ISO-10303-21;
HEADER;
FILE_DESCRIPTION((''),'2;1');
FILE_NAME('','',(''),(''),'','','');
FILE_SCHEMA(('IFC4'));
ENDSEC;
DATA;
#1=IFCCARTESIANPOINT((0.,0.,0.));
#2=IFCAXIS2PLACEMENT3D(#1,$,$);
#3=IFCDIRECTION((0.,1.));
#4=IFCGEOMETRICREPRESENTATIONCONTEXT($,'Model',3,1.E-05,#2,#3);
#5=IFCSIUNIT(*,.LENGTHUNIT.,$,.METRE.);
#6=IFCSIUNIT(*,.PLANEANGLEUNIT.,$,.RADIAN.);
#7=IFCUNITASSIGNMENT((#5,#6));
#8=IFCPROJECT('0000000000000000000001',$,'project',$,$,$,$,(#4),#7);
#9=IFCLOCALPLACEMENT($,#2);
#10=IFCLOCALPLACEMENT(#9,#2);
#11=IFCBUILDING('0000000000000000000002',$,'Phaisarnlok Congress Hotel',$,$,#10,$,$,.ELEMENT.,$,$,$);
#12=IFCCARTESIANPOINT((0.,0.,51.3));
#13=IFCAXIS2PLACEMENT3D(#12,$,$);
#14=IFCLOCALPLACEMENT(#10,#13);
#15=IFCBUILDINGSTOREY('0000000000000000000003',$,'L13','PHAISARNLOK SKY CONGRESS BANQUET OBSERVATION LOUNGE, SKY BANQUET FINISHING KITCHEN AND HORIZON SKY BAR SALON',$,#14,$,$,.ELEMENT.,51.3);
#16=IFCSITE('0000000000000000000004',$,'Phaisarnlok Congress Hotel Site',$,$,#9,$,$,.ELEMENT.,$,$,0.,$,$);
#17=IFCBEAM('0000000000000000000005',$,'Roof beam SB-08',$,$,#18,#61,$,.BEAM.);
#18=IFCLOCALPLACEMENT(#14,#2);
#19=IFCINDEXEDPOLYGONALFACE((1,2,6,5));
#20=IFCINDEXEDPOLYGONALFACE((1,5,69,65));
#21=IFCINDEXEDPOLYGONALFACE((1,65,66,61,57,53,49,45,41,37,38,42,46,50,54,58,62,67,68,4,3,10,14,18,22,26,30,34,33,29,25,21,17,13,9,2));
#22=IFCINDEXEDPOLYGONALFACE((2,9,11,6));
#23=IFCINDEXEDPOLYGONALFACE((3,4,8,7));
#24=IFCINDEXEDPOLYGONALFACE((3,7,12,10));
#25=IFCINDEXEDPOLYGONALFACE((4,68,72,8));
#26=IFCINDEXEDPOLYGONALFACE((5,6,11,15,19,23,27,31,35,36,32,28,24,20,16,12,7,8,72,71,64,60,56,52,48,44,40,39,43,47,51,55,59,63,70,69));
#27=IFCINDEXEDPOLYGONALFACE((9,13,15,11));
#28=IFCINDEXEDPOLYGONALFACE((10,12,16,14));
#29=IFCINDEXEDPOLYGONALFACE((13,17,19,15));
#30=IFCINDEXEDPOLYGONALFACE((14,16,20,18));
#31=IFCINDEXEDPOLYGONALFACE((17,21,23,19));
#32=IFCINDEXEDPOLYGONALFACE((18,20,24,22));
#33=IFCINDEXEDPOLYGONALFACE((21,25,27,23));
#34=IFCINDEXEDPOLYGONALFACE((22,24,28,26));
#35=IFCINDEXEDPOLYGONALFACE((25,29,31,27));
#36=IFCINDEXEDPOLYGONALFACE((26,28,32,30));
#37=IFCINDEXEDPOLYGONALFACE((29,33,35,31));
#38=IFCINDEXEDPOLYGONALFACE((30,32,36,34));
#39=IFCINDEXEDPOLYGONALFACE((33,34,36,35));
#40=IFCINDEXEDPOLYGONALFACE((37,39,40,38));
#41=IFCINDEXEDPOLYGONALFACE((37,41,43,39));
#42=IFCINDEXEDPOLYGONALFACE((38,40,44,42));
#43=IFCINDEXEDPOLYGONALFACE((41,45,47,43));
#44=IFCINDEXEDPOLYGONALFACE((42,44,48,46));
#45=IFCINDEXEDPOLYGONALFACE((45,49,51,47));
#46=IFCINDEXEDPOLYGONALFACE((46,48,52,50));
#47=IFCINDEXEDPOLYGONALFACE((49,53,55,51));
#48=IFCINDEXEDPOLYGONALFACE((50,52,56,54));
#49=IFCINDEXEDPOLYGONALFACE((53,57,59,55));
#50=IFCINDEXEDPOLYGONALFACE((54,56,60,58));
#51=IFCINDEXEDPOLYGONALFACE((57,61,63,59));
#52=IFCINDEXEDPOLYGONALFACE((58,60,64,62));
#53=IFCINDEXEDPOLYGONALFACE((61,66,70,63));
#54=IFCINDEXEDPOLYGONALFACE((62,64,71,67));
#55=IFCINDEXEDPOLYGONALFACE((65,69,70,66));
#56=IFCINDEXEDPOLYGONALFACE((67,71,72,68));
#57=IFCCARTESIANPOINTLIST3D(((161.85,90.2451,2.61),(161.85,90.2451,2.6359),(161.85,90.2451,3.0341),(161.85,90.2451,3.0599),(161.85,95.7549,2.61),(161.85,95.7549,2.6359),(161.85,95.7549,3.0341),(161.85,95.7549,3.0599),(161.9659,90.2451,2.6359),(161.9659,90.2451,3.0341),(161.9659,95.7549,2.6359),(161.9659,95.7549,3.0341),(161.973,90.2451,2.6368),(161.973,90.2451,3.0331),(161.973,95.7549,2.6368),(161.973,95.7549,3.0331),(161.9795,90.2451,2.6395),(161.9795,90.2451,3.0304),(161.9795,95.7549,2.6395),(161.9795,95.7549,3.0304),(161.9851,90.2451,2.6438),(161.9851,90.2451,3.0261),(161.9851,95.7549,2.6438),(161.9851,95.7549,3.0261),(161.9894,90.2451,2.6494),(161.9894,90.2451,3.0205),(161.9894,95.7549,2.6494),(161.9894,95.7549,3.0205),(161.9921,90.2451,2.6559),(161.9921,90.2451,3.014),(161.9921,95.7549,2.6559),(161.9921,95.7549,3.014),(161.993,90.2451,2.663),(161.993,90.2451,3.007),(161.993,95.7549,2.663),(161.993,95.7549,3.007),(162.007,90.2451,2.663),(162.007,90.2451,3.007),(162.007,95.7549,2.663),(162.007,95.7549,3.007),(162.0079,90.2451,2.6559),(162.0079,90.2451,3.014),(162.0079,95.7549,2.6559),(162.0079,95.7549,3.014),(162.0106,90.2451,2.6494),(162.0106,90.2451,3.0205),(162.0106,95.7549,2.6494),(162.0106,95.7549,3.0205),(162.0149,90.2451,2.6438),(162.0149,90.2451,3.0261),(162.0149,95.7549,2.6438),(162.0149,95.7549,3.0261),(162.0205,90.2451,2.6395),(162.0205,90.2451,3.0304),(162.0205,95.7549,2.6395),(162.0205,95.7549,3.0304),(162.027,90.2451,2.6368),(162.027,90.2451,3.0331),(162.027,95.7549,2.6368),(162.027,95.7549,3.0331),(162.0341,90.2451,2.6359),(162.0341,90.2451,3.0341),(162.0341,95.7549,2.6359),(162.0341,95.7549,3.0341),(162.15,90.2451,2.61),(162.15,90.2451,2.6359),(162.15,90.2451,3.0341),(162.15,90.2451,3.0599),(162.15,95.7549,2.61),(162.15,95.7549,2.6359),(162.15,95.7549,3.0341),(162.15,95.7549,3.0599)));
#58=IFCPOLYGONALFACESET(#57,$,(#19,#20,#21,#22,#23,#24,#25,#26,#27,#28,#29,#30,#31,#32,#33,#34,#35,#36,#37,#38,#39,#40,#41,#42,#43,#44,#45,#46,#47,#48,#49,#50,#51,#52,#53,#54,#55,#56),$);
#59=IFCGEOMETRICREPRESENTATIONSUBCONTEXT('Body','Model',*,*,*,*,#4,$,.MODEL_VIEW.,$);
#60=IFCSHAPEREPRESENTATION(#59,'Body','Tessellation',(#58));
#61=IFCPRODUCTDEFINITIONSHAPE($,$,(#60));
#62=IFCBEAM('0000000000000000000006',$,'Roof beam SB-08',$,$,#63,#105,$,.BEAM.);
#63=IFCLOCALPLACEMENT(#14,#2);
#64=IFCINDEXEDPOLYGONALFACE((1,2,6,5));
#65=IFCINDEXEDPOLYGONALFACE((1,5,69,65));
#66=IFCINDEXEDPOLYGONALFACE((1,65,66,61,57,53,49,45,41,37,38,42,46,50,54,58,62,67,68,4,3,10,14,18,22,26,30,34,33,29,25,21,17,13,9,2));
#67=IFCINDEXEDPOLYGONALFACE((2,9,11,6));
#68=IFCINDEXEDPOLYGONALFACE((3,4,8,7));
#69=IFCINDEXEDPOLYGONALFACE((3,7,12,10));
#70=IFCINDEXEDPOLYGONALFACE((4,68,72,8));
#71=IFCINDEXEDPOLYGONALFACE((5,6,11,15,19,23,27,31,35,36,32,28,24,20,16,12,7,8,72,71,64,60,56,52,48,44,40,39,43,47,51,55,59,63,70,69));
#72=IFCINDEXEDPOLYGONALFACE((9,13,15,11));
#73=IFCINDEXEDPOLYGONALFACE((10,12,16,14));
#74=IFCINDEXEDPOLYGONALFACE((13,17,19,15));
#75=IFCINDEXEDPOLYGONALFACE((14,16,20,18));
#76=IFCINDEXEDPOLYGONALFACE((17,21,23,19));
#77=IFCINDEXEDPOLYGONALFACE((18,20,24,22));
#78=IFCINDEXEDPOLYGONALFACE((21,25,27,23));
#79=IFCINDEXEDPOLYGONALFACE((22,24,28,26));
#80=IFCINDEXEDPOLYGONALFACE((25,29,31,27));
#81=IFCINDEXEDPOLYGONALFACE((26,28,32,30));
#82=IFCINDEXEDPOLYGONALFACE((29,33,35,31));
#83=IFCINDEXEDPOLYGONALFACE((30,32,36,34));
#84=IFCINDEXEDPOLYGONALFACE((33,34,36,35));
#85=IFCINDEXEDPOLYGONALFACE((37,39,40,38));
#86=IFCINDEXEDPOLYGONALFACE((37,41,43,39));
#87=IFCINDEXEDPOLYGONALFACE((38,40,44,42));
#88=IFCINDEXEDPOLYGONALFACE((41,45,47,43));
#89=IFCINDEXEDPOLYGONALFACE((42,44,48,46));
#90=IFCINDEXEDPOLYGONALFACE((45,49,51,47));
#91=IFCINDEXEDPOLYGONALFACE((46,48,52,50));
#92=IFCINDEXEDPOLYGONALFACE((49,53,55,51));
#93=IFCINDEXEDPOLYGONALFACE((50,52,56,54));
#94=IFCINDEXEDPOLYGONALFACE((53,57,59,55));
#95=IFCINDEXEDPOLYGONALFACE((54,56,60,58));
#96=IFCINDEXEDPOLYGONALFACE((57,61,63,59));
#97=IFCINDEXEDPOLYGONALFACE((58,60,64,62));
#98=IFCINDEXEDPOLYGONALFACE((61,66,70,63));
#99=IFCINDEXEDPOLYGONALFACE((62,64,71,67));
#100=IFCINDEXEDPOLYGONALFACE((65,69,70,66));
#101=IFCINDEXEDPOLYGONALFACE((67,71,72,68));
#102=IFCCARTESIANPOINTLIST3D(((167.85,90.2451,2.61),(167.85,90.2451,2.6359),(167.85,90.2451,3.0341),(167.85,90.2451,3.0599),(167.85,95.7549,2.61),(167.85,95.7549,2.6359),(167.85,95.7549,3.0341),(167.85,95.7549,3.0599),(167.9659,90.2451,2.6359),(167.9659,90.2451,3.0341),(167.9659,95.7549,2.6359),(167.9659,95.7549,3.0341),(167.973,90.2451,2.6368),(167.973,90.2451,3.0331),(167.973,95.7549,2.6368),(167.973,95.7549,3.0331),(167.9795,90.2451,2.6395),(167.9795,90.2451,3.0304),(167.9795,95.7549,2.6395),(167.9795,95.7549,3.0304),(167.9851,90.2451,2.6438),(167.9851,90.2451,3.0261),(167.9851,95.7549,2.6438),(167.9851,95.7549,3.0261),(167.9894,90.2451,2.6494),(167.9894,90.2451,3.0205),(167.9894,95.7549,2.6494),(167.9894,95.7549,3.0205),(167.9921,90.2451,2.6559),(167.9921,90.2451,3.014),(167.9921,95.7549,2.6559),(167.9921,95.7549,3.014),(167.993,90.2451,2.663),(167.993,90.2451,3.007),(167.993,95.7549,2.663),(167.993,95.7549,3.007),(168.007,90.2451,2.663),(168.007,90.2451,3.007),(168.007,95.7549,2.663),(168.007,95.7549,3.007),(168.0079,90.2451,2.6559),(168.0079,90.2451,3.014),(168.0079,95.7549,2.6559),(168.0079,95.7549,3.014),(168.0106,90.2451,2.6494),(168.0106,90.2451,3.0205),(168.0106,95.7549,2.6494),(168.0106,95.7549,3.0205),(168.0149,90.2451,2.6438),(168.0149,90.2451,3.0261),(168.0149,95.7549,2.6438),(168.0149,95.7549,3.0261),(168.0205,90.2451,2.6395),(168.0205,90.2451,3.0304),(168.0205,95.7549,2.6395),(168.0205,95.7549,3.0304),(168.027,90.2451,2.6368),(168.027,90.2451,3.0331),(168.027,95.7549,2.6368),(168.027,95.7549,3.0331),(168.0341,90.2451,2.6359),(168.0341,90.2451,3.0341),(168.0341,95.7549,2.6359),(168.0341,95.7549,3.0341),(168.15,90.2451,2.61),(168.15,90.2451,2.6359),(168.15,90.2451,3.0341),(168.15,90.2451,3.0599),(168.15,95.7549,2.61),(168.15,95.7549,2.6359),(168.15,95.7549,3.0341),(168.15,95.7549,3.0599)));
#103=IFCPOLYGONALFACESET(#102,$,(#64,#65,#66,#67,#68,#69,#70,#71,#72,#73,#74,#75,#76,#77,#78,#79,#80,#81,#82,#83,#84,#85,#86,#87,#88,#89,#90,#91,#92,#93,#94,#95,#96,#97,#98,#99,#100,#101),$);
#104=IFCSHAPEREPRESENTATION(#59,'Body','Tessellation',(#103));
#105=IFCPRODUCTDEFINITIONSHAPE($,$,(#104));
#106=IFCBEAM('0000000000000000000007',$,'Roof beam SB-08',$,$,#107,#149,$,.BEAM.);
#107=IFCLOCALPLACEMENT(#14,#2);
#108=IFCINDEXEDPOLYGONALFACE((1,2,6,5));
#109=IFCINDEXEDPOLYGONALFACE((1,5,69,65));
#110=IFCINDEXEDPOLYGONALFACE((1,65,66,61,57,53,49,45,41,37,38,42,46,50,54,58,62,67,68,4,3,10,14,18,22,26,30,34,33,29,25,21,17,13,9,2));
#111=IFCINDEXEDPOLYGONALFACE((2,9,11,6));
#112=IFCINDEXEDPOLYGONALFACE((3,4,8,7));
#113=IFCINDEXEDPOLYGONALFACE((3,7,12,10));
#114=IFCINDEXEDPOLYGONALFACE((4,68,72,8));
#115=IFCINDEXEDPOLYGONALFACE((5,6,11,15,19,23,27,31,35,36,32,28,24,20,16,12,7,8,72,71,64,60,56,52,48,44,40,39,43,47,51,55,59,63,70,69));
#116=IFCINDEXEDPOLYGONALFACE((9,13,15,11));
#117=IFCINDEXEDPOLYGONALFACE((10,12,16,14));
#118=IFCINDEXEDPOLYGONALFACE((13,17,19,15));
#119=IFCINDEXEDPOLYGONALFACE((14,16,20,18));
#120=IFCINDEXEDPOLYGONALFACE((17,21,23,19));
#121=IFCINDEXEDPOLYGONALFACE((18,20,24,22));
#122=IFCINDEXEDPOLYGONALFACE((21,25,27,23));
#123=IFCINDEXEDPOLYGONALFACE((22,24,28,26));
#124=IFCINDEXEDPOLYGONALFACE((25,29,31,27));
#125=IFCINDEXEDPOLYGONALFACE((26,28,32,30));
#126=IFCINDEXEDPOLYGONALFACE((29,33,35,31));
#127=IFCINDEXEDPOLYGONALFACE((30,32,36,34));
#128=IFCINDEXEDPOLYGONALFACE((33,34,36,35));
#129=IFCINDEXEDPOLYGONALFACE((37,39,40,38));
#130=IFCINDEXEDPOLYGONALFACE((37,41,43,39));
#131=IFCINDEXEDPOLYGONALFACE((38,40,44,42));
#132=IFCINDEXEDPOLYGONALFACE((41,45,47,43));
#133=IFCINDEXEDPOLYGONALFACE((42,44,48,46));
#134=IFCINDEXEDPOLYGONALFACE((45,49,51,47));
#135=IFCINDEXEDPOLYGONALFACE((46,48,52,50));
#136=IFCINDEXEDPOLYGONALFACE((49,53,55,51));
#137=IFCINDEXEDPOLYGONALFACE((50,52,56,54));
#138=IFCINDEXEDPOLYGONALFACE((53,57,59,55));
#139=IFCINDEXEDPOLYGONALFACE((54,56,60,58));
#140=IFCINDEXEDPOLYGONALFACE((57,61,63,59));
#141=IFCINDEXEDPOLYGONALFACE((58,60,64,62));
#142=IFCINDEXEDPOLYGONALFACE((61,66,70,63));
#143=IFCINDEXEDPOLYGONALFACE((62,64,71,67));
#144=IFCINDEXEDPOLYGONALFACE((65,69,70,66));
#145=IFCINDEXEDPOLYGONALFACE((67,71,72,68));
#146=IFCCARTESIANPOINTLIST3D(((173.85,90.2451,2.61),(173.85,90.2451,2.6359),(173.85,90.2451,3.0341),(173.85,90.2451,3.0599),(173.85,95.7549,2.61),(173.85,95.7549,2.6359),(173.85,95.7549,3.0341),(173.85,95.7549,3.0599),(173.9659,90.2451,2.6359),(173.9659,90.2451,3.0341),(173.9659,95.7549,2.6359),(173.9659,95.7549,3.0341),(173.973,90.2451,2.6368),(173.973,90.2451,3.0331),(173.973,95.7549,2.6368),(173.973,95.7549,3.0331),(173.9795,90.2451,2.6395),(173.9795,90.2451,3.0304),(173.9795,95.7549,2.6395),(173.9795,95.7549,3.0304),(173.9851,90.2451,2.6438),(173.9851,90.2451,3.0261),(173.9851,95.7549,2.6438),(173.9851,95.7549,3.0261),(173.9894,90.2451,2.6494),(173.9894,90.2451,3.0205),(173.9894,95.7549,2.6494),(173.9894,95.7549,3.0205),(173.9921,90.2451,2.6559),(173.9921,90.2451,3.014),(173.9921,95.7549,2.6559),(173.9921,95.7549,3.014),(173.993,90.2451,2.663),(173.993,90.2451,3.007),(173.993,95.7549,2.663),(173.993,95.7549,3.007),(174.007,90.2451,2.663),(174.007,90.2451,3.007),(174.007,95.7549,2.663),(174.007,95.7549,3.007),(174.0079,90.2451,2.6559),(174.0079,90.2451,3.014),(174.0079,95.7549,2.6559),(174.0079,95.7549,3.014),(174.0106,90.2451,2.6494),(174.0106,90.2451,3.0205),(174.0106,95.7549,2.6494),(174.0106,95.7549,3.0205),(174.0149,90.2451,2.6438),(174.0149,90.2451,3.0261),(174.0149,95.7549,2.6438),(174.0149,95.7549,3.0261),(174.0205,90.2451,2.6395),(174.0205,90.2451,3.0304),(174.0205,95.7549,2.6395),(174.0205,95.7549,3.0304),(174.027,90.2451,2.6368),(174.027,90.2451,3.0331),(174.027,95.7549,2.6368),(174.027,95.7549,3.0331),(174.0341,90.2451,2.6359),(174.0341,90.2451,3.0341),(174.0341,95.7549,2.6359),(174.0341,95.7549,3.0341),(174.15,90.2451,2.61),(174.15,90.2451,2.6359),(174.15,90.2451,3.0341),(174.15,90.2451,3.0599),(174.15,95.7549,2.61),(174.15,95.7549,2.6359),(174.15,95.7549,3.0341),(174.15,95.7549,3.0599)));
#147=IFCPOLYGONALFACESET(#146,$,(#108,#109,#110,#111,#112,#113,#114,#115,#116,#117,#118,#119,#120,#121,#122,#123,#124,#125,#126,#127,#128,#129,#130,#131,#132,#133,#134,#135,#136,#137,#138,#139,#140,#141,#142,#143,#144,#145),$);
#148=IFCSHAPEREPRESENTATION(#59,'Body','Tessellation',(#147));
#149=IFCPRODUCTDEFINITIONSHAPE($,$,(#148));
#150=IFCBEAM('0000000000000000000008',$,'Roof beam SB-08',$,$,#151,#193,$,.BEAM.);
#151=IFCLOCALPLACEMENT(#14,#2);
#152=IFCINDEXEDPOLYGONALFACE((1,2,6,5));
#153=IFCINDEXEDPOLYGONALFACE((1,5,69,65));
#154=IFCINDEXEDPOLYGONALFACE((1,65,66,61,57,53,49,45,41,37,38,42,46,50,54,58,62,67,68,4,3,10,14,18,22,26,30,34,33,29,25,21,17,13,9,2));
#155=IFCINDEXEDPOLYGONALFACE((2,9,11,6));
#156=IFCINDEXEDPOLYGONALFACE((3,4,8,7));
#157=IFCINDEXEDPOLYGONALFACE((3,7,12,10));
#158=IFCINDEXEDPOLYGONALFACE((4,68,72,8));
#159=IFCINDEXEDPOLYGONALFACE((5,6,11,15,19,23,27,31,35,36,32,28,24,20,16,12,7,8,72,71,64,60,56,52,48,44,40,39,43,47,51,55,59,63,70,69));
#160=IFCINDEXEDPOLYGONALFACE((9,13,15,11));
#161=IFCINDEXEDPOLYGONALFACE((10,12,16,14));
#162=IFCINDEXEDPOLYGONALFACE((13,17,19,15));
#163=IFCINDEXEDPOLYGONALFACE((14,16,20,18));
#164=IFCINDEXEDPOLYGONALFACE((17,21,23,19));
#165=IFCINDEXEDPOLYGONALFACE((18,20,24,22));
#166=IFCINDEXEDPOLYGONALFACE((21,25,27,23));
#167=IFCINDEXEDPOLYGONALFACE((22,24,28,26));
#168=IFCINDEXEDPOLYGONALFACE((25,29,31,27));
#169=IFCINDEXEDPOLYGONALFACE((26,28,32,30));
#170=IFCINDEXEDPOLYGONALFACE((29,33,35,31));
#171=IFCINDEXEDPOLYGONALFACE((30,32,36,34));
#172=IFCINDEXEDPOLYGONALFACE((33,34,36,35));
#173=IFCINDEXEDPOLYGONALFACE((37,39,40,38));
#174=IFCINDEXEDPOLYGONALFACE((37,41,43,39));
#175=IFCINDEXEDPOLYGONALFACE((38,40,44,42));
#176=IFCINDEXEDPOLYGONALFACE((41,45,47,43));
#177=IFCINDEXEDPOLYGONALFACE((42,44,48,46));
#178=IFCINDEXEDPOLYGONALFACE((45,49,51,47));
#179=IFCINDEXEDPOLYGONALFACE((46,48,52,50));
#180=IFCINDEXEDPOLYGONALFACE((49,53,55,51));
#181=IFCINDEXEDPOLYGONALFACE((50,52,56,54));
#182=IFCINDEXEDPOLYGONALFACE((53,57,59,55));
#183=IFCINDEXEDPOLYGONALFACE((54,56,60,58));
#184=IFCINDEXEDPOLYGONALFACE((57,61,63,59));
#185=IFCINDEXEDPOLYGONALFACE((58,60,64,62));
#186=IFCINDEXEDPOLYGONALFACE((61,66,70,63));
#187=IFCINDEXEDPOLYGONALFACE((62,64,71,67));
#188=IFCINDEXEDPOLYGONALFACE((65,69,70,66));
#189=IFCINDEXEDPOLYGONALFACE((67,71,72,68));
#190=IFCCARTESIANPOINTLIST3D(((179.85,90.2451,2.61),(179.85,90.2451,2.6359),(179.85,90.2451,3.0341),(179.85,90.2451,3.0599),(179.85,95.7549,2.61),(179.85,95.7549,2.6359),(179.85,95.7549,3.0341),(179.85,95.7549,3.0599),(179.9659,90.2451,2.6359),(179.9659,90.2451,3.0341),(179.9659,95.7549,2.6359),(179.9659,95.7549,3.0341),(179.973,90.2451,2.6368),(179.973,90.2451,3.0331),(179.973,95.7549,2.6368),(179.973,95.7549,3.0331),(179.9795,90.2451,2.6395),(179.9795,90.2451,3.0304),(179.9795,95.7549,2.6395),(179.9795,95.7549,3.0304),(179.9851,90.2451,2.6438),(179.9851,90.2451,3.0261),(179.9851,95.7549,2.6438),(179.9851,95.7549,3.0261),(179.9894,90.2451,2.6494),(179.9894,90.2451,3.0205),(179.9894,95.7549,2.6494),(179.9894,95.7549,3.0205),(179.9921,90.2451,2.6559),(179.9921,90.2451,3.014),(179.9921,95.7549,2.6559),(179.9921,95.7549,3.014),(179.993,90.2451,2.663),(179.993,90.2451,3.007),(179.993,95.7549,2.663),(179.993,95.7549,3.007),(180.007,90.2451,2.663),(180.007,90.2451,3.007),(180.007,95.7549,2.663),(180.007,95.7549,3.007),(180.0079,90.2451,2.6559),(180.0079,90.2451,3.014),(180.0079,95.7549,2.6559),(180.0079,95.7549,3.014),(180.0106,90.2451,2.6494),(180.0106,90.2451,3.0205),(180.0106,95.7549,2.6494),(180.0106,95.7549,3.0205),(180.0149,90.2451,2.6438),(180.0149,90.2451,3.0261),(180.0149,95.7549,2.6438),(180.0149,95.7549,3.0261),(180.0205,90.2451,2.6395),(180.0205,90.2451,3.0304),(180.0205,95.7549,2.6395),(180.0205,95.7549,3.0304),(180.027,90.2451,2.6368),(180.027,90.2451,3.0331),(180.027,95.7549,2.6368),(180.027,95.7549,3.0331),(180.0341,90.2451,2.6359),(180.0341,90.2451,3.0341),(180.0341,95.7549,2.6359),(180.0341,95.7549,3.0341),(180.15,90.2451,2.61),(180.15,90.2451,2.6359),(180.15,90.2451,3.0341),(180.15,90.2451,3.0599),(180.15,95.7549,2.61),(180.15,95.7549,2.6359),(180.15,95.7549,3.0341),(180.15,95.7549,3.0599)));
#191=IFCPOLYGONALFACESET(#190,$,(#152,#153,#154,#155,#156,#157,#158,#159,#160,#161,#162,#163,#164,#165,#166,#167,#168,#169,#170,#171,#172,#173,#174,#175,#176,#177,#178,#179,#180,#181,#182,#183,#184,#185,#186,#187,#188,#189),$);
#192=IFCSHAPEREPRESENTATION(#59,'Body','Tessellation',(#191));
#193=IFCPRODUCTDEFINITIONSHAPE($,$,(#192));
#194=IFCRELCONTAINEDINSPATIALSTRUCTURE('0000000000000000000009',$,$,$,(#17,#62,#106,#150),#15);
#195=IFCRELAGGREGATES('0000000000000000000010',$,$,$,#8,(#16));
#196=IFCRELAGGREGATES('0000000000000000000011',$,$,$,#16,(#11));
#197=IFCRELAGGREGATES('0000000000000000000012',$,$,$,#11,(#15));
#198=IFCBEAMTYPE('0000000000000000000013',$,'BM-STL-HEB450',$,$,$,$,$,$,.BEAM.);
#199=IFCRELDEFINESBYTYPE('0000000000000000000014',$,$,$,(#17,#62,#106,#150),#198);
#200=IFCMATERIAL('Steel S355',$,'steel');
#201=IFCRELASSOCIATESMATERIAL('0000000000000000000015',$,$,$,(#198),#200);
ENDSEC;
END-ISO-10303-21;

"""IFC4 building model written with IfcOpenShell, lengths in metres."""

from ifc_helpers import new_model, si_unit, direction, frame, origin, origin_2d, place, context, subcontext, project, spatial, i_section, extrude, material, material_profile, profile_set, type_object, element, save


model = new_model("IFC4")

# Units and contexts
model_context = context("Model", 3, precision=1e-05, world=origin(), true_north=direction((0.0, 1.0)))
body_context = subcontext(model_context, "Body", "Model", "MODEL_VIEW")
ifc_project = project(units=[si_unit("LENGTHUNIT", "METRE"), si_unit("PLANEANGLEUNIT", "RADIAN")], contexts=[model_context])

# Site, building, storey
site_placement = place(None, origin())
site = spatial("IfcSite", under=ifc_project, at=site_placement, Name="Phaisarnlok Congress Hotel Site", CompositionType="ELEMENT", RefElevation=0.0)
building_placement = place(site_placement, origin())
building = spatial("IfcBuilding", under=site, at=building_placement, Name="Phaisarnlok Congress Hotel", CompositionType="ELEMENT")
storey_placement = place(building_placement, frame((0.0, 0.0, 51.3)))
storey = spatial("IfcBuildingStorey", under=building, at=storey_placement, Name="L13", Description="PHAISARNLOK SKY CONGRESS BANQUET OBSERVATION LOUNGE, SKY BANQUET FINISHING KITCHEN AND HORIZON SKY BAR SALON", CompositionType="ELEMENT", Elevation=51.3)

# Beams
ifc_material_1 = material(Name="Steel S355", Category="steel")
ifc_material_profile_1 = material_profile(ifc_material_1, i_section(OverallWidth=0.3, OverallDepth=0.45, WebThickness=0.0139, FlangeThickness=0.0259, FilletRadius=0.0271, at=origin_2d()), Name="HEB 450")
ifc_profile_set_1 = profile_set([ifc_material_profile_1], Name="Steel S355")
beam_type_1 = type_object("IfcBeamType", Name="BM-STL-HEB450", PredefinedType="BEAM", material=ifc_profile_set_1)
for number, where, z_axis, x_axis, name in (
    (1, (162.0, 90.2451, 2.835), (0.0, 1.0, 0.0), (-1.0, 0.0, 0.0), "Roof beam SB-08"),
    (2, (168.0, 90.2451, 2.835), (0.0, 1.0, 0.0), (-1.0, 0.0, 0.0), "Roof beam SB-08"),
    (3, (174.0, 90.2451, 2.835), (0.0, 1.0, 0.0), (-1.0, 0.0, 0.0), "Roof beam SB-08"),
    (4, (180.0, 90.2451, 2.835), (0.0, 1.0, 0.0), (-1.0, 0.0, 0.0), "Roof beam SB-08"),
):
    element("IfcBeam", number, at=place(storey_placement, frame(where, z_axis=z_axis, x_axis=x_axis)), inside=storey, type_object=beam_type_1, Name=name, PredefinedType="BEAM", context=body_context, shape_type="SweptSolid", body=[
        extrude(i_section(OverallWidth=0.3, OverallDepth=0.45, WebThickness=0.0139, FlangeThickness=0.0259, FilletRadius=0.0271, at=origin_2d()), origin(), (0.0, 0.0, 1.0), 5.5098),
    ])

save(model, "model.ifc")
